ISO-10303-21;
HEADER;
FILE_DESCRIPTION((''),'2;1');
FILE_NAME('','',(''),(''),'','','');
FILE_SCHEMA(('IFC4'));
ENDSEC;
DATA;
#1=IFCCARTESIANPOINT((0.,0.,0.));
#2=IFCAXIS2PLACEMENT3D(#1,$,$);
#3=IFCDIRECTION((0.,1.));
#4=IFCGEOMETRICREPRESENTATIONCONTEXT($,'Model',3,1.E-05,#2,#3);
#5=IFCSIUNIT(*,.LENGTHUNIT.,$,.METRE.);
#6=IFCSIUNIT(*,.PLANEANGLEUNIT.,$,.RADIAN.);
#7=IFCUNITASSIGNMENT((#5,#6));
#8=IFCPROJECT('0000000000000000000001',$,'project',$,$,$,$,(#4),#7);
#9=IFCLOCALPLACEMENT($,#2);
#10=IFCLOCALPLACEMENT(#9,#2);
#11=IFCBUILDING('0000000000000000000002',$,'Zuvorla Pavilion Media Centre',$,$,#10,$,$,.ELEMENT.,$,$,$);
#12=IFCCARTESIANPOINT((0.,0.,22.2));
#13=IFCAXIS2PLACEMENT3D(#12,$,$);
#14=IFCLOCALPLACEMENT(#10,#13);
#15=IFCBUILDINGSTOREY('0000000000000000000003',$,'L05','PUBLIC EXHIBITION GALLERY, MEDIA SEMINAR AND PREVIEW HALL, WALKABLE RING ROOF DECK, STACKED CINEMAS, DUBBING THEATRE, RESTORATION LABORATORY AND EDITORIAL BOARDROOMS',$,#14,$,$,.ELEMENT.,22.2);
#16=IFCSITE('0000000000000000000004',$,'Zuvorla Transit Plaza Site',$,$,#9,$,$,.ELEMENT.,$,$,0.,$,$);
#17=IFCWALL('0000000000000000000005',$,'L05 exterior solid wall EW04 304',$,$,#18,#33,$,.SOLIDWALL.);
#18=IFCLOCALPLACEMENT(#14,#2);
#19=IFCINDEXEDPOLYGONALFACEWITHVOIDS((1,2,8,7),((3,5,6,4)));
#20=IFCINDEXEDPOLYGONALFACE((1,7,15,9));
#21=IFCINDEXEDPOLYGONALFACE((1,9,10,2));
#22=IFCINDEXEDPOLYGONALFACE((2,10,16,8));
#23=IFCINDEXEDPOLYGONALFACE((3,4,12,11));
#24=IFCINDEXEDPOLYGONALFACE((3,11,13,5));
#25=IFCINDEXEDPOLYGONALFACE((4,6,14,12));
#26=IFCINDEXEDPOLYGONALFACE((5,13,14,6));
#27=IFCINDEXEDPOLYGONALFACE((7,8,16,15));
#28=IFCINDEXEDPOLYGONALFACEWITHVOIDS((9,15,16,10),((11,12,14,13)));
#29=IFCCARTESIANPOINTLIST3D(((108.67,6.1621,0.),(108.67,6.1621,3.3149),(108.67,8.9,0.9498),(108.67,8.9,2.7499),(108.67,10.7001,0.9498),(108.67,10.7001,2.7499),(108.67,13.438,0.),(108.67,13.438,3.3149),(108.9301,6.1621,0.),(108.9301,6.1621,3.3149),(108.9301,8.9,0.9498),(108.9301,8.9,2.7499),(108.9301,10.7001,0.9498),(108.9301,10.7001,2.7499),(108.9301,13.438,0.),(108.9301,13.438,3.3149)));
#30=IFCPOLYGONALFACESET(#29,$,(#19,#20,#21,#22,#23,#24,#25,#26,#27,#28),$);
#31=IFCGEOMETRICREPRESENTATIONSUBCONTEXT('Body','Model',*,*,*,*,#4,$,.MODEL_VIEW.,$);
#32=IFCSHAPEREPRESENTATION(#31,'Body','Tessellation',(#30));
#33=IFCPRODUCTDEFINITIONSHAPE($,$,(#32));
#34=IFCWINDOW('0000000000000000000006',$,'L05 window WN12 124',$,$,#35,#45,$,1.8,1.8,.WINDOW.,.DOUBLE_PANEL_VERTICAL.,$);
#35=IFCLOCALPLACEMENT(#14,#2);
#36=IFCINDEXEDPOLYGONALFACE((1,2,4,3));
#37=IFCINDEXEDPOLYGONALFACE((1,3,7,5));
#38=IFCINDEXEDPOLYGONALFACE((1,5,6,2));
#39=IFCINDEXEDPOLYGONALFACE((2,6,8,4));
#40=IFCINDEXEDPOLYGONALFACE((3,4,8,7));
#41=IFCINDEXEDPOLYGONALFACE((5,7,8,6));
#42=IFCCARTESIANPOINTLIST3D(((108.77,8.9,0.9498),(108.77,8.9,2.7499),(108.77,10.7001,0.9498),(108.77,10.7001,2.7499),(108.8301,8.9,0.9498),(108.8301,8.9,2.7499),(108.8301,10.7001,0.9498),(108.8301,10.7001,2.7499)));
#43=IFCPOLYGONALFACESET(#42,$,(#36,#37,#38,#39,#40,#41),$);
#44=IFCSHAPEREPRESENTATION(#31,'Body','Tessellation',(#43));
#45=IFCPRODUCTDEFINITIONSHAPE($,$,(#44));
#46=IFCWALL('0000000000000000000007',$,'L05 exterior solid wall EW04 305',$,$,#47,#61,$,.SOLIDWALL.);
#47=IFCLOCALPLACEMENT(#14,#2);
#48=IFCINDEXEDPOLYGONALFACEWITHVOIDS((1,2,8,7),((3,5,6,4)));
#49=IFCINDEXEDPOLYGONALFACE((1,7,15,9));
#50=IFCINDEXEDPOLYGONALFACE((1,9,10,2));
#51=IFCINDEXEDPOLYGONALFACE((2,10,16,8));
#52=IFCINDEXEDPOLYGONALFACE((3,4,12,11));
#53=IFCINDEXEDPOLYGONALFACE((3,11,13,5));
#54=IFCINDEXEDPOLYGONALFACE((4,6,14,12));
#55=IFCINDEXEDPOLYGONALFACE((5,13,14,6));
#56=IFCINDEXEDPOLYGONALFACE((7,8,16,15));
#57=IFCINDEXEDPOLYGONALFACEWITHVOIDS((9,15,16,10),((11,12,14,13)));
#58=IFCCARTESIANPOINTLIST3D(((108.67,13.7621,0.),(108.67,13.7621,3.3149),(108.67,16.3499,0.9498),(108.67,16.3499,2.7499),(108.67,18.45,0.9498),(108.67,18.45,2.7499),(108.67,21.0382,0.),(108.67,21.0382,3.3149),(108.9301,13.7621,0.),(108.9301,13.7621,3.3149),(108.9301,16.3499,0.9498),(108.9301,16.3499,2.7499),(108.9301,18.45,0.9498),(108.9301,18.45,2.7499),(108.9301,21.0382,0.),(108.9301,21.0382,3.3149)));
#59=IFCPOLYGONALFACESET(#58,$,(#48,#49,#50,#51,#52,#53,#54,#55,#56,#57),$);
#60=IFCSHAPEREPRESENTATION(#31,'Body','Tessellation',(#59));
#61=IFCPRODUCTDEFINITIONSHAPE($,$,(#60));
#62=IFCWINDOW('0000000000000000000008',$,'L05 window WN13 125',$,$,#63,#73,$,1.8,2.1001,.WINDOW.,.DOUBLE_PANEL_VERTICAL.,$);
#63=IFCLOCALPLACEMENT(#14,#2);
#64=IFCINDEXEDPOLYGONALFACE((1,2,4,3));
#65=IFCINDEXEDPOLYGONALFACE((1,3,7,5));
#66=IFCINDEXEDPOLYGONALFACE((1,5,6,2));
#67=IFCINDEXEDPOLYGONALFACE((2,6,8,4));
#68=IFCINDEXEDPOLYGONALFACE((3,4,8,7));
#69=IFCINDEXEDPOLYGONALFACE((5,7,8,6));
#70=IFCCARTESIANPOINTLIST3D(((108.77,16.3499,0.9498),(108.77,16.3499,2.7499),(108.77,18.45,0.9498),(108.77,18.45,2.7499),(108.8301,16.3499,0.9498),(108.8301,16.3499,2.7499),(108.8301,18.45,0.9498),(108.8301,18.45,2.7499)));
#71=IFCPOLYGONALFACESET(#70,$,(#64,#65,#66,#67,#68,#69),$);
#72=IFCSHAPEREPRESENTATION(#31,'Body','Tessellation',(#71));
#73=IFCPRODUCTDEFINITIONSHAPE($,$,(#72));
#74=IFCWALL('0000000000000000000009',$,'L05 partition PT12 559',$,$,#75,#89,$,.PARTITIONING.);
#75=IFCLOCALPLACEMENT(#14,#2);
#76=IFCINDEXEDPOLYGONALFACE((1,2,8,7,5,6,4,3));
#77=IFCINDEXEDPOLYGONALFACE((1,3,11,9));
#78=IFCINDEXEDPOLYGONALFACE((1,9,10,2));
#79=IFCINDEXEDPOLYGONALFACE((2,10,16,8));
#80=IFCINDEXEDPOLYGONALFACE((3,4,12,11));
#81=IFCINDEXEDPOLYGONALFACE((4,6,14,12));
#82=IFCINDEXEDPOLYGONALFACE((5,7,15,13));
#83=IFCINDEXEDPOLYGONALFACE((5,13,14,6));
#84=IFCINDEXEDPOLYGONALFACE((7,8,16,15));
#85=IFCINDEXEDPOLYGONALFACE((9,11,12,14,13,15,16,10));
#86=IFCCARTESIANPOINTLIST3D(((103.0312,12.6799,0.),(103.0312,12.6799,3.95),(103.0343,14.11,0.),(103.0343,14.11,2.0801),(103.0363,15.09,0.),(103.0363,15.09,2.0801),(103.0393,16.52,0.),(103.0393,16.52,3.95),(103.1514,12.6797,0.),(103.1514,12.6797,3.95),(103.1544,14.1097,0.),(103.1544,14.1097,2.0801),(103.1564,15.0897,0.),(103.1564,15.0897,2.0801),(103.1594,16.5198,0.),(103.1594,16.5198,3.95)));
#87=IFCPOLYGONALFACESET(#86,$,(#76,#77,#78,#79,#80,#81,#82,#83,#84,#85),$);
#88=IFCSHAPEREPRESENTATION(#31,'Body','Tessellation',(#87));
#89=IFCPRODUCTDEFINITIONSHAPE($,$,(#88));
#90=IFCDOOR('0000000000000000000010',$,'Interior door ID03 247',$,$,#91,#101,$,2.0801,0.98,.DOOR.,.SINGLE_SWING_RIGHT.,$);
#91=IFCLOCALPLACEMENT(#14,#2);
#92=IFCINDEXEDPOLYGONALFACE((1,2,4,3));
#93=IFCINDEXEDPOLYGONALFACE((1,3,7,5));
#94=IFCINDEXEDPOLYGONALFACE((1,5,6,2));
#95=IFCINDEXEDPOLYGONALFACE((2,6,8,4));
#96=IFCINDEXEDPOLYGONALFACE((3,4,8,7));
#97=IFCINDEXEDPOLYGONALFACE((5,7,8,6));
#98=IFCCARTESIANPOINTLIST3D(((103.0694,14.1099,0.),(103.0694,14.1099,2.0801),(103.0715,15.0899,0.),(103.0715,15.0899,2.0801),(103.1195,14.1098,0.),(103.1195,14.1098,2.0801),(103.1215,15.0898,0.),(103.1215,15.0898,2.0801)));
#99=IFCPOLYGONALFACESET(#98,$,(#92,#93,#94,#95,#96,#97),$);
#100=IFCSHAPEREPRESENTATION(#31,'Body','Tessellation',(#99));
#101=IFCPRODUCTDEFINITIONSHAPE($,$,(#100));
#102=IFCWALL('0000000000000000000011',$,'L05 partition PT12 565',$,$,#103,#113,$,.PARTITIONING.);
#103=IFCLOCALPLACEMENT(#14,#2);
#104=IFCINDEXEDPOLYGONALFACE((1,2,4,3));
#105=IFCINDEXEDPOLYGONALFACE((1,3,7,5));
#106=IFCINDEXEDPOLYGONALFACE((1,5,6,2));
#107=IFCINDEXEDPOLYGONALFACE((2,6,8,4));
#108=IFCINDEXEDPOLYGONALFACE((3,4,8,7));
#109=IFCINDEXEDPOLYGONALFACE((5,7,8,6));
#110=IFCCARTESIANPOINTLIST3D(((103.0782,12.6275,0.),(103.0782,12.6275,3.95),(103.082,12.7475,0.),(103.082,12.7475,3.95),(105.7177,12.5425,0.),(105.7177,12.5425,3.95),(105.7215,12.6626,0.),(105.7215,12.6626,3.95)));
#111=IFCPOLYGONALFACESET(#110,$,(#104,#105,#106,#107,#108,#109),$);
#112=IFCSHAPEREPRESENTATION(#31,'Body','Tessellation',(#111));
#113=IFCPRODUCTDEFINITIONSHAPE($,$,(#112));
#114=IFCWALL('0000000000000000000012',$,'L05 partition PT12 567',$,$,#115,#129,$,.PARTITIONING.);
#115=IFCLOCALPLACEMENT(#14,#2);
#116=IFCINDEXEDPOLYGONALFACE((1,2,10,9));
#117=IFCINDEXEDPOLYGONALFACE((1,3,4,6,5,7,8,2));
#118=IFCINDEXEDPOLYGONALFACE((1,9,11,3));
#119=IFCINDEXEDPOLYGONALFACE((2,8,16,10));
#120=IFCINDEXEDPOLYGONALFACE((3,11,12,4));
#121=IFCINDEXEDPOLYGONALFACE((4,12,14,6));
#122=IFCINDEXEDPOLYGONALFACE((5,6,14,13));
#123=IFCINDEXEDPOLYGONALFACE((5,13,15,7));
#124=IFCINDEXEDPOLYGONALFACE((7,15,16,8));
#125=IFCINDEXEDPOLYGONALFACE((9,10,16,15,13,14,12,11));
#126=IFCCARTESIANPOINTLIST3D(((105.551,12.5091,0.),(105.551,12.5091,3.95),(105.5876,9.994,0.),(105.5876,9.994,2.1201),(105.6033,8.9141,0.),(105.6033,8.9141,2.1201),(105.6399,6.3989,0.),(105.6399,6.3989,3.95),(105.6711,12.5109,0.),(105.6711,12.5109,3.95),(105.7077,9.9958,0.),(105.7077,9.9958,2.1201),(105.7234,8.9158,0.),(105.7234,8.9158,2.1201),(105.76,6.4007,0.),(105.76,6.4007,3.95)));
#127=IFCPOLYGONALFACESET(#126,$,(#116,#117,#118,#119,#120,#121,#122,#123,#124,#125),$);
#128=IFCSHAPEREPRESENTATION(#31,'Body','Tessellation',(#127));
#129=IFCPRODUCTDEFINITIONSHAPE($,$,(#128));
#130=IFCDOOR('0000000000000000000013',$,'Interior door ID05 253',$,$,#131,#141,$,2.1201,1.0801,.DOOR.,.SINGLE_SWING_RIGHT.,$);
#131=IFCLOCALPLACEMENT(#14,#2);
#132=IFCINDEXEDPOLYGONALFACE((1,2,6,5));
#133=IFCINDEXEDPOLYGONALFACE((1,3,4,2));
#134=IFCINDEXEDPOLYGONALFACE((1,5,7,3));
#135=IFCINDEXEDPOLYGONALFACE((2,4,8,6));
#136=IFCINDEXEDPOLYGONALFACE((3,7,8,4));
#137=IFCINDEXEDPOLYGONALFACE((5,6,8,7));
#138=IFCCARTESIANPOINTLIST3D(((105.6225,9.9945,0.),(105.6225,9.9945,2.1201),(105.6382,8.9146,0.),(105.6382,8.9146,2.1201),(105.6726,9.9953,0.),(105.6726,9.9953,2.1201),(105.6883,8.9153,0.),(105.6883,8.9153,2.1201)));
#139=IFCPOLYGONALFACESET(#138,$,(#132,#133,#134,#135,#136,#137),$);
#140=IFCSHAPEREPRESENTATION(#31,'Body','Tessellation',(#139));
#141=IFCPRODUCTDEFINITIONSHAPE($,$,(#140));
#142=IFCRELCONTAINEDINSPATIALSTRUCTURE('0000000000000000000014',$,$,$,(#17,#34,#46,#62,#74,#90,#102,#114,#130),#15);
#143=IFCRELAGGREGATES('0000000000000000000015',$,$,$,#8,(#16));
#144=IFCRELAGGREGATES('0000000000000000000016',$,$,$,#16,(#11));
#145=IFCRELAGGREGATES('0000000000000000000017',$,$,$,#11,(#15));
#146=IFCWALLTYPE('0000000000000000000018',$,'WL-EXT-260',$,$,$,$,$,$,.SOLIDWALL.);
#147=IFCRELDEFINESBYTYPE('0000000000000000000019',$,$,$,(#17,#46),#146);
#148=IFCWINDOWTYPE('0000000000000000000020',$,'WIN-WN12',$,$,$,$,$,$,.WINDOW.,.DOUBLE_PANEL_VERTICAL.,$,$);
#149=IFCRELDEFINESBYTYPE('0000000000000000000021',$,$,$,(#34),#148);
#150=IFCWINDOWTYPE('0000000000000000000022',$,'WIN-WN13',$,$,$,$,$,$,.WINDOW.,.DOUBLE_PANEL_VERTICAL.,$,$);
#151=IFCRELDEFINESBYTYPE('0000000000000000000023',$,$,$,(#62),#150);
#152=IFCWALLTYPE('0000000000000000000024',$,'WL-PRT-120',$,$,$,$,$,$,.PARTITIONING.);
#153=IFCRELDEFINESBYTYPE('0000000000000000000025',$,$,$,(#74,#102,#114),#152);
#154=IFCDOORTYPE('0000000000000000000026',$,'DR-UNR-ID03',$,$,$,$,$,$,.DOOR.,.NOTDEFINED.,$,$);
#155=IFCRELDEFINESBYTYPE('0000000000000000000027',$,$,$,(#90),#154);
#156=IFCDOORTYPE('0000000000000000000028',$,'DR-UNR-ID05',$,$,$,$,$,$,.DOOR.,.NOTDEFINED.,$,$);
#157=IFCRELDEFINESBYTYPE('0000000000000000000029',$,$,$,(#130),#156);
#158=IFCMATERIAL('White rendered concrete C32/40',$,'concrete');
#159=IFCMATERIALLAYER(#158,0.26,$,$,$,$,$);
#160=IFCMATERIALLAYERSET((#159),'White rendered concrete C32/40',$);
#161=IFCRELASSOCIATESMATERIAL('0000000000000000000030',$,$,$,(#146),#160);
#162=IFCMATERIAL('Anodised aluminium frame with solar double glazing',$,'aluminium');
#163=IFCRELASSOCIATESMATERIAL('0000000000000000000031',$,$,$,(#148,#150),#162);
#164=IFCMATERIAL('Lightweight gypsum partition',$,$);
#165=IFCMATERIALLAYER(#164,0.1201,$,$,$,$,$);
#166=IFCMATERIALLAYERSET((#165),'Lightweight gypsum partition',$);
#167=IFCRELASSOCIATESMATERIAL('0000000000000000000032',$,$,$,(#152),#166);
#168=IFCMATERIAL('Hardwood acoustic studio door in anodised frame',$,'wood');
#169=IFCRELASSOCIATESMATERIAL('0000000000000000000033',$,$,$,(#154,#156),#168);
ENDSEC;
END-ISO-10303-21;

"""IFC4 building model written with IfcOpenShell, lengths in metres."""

from ifc_helpers import new_model, si_unit, direction, frame, frame_2d, origin, place, context, subcontext, project, spatial, rectangle, extrude, material, layer, layer_set, type_object, element, fill, save


model = new_model("IFC4")

# Units and contexts
model_context = context("Model", 3, precision=1e-05, world=origin(), true_north=direction((0.0, 1.0)))
body_context = subcontext(model_context, "Body", "Model", "MODEL_VIEW")
ifc_project = project(units=[si_unit("LENGTHUNIT", "METRE"), si_unit("PLANEANGLEUNIT", "RADIAN")], contexts=[model_context])

# Site, building, storey
site_placement = place(None, origin())
site = spatial("IfcSite", under=ifc_project, at=site_placement, Name="Zuvorla Transit Plaza Site", CompositionType="ELEMENT", RefElevation=0.0)
building_placement = place(site_placement, origin())
building = spatial("IfcBuilding", under=site, at=building_placement, Name="Zuvorla Pavilion Media Centre", CompositionType="ELEMENT")
storey_placement = place(building_placement, frame((0.0, 0.0, 22.2)))
storey = spatial("IfcBuildingStorey", under=building, at=storey_placement, Name="L05", Description="PUBLIC EXHIBITION GALLERY, MEDIA SEMINAR AND PREVIEW HALL, WALKABLE RING ROOF DECK, STACKED CINEMAS, DUBBING THEATRE, RESTORATION LABORATORY AND EDITORIAL BOARDROOMS", CompositionType="ELEMENT", Elevation=22.2)

# Walls, openings, windows
ifc_material_1 = material(Name="White rendered concrete C32/40", Category="concrete")
ifc_layer_1 = layer(ifc_material_1, 0.26)
ifc_layer_set_1 = layer_set([ifc_layer_1], Name="White rendered concrete C32/40")
wall_type_1 = type_object("IfcWallType", Name="WL-EXT-260", PredefinedType="SOLIDWALL", material=ifc_layer_set_1)
ifc_material_2 = material(Name="Anodised aluminium frame with solar double glazing", Category="aluminium")
wall_1_placement = place(storey_placement, frame((108.8, 6.1621, 0.0), z_axis=(0.0, 0.0, 1.0), x_axis=(0.0, 1.0, 0.0)))
wall_1 = element("IfcWall", 1, at=wall_1_placement, inside=storey, type_object=wall_type_1, Name="L05 exterior solid wall EW04 304", PredefinedType="SOLIDWALL", context=body_context, shape_type="SweptSolid", body=[
    extrude(rectangle(XDim=7.2759, YDim=0.26, at=frame_2d((3.6379, 0.0))), origin(), (0.0, 0.0, 1.0), 3.3149),
])
opening_1_placement = place(wall_1_placement, frame((2.738, 0.0, 0.95)))
opening_1 = element("IfcOpeningElement", 2, at=opening_1_placement, cuts=wall_1, PredefinedType="OPENING", context=body_context, shape_type="SweptSolid", body=[
    extrude(rectangle(XDim=1.8, YDim=1.8, at=frame_2d((0.8999, 0.8999))), frame((0.0, 0.1399, 0.0), z_axis=(0.0, -1.0, 0.0), x_axis=(1.0, 0.0, 0.0)), (0.0, 0.0, 1.0), 0.28),
])
window_type_1 = type_object("IfcWindowType", Name="WIN-WN12", PartitioningType="DOUBLE_PANEL_VERTICAL", PredefinedType="WINDOW", material=ifc_material_2)
window_1_placement = place(opening_1_placement, origin())
window_1 = element("IfcWindow", 3, at=window_1_placement, inside=storey, type_object=window_type_1, Name="L05 window WN12 124", OverallHeight=1.8, OverallWidth=1.8, PartitioningType="DOUBLE_PANEL_VERTICAL", PredefinedType="WINDOW", context=body_context, shape_type="SweptSolid", body=[
    extrude(rectangle(XDim=1.8, YDim=1.8, at=frame_2d((0.8999, 0.8999))), frame((0.0, 0.03, 0.0), z_axis=(0.0, -1.0, 0.0), x_axis=(1.0, 0.0, 0.0)), (0.0, 0.0, 1.0), 0.0601),
])
fill(opening_1, window_1)
wall_2_placement = place(storey_placement, frame((108.8, 13.762, 0.0), z_axis=(0.0, 0.0, 1.0), x_axis=(0.0, 1.0, 0.0)))
wall_2 = element("IfcWall", 4, at=wall_2_placement, inside=storey, type_object=wall_type_1, Name="L05 exterior solid wall EW04 305", PredefinedType="SOLIDWALL", context=body_context, shape_type="SweptSolid", body=[
    extrude(rectangle(XDim=7.2761, YDim=0.26, at=frame_2d((3.6382, 0.0))), origin(), (0.0, 0.0, 1.0), 3.3149),
])
opening_2_placement = place(wall_2_placement, frame((2.5879, 0.0, 0.95)))
opening_2 = element("IfcOpeningElement", 5, at=opening_2_placement, cuts=wall_2, PredefinedType="OPENING", context=body_context, shape_type="SweptSolid", body=[
    extrude(rectangle(XDim=2.1001, YDim=1.8, at=frame_2d((1.05, 0.8999))), frame((0.0, 0.1399, 0.0), z_axis=(0.0, -1.0, 0.0), x_axis=(1.0, 0.0, 0.0)), (0.0, 0.0, 1.0), 0.28),
])
window_type_2 = type_object("IfcWindowType", Name="WIN-WN13", PartitioningType="DOUBLE_PANEL_VERTICAL", PredefinedType="WINDOW", material=ifc_material_2)
window_2_placement = place(opening_2_placement, origin())
window_2 = element("IfcWindow", 6, at=window_2_placement, inside=storey, type_object=window_type_2, Name="L05 window WN13 125", OverallHeight=1.8, OverallWidth=2.1001, PartitioningType="DOUBLE_PANEL_VERTICAL", PredefinedType="WINDOW", context=body_context, shape_type="SweptSolid", body=[
    extrude(rectangle(XDim=2.1001, YDim=1.8, at=frame_2d((1.05, 0.8999))), frame((0.0, 0.03, 0.0), z_axis=(0.0, -1.0, 0.0), x_axis=(1.0, 0.0, 0.0)), (0.0, 0.0, 1.0), 0.0601),
])
fill(opening_2, window_2)

# Wall, opening, door
ifc_material_3 = material(Name="Lightweight gypsum partition")
ifc_layer_2 = layer(ifc_material_3, 0.1201)
ifc_layer_set_2 = layer_set([ifc_layer_2], Name="Lightweight gypsum partition")
wall_type_2 = type_object("IfcWallType", Name="WL-PRT-120", PredefinedType="PARTITIONING", material=ifc_layer_set_2)
wall_3_placement = place(storey_placement, frame((103.0913, 12.6799, 0.0), z_axis=(0.0, 0.0, 1.0), x_axis=(0.002098, 0.999998, 0.0)))
wall_3 = element("IfcWall", 7, at=wall_3_placement, inside=storey, type_object=wall_type_2, Name="L05 partition PT12 559", PredefinedType="PARTITIONING", context=body_context, shape_type="SweptSolid", body=[
    extrude(rectangle(XDim=3.8401, YDim=0.1201, at=frame_2d((1.9199, 0.0))), origin(), (0.0, 0.0, 1.0), 3.95),
])
opening_3_placement = place(wall_3_placement, frame((1.4299, 0.0, 0.0)))
opening_3 = element("IfcOpeningElement", 8, at=opening_3_placement, cuts=wall_3, PredefinedType="OPENING", context=body_context, shape_type="SweptSolid", body=[
    extrude(rectangle(XDim=0.98, YDim=2.0801, at=frame_2d((0.49, 1.04))), frame((0.0, 0.0701, 0.0), z_axis=(0.0, -1.0, 0.0), x_axis=(1.0, 0.0, 0.0)), (0.0, 0.0, 1.0), 0.1401),
])
ifc_material_4 = material(Name="Hardwood acoustic studio door in anodised frame", Category="wood")
door_type_1 = type_object("IfcDoorType", Name="DR-UNR-ID03", OperationType="NOTDEFINED", PredefinedType="DOOR", material=ifc_material_4)
door_1_placement = place(opening_3_placement, origin())
door_1 = element("IfcDoor", 9, at=door_1_placement, inside=storey, type_object=door_type_1, Name="Interior door ID03 247", OperationType="SINGLE_SWING_RIGHT", OverallHeight=2.0801, OverallWidth=0.98, PredefinedType="DOOR", context=body_context, shape_type="SweptSolid", body=[
    extrude(rectangle(XDim=0.98, YDim=2.0801, at=frame_2d((0.49, 1.04))), frame((0.0, 0.0249, 0.0), z_axis=(0.0, -1.0, 0.0), x_axis=(1.0, 0.0, 0.0)), (0.0, 0.0, 1.0), 0.05),
])
fill(opening_3, door_1)

# Wall
wall_4_placement = place(storey_placement, frame((105.7195, 12.6025, 0.0), z_axis=(0.0, 0.0, 1.0), x_axis=(-0.999482, 0.032173, 0.0)))
element("IfcWall", 10, at=wall_4_placement, inside=storey, type_object=wall_type_2, Name="L05 partition PT12 565", PredefinedType="PARTITIONING", context=body_context, shape_type="SweptSolid", body=[
    extrude(rectangle(XDim=2.6409, YDim=0.1201, at=frame_2d((1.3203, 0.0))), origin(), (0.0, 0.0, 1.0), 3.95),
])

# Wall, opening, door
wall_5_placement = place(storey_placement, frame((105.6111, 12.51, 0.0), z_axis=(0.0, 0.0, 1.0), x_axis=(0.014543, -0.999894, 0.0)))
wall_5 = element("IfcWall", 11, at=wall_5_placement, inside=storey, type_object=wall_type_2, Name="L05 partition PT12 567", PredefinedType="PARTITIONING", context=body_context, shape_type="SweptSolid", body=[
    extrude(rectangle(XDim=6.1108, YDim=0.1201, at=frame_2d((3.0554, 0.0))), origin(), (0.0, 0.0, 1.0), 3.95),
])
opening_4_placement = place(wall_5_placement, frame((2.5154, 0.0, 0.0)))
opening_4 = element("IfcOpeningElement", 12, at=opening_4_placement, cuts=wall_5, PredefinedType="OPENING", context=body_context, shape_type="SweptSolid", body=[
    extrude(rectangle(XDim=1.0801, YDim=2.1201, at=frame_2d((0.54, 1.0601))), frame((0.0, 0.0701, 0.0), z_axis=(0.0, -1.0, 0.0), x_axis=(1.0, 0.0, 0.0)), (0.0, 0.0, 1.0), 0.1401),
])
door_type_2 = type_object("IfcDoorType", Name="DR-UNR-ID05", OperationType="NOTDEFINED", PredefinedType="DOOR", material=ifc_material_4)
door_2_placement = place(opening_4_placement, origin())
door_2 = element("IfcDoor", 13, at=door_2_placement, inside=storey, type_object=door_type_2, Name="Interior door ID05 253", OperationType="SINGLE_SWING_RIGHT", OverallHeight=2.1201, OverallWidth=1.0801, PredefinedType="DOOR", context=body_context, shape_type="SweptSolid", body=[
    extrude(rectangle(XDim=1.0801, YDim=2.1201, at=frame_2d((0.54, 1.0601))), frame((0.0, 0.0249, 0.0), z_axis=(0.0, -1.0, 0.0), x_axis=(1.0, 0.0, 0.0)), (0.0, 0.0, 1.0), 0.05),
])
fill(opening_4, door_2)

save(model, "model.ifc")
